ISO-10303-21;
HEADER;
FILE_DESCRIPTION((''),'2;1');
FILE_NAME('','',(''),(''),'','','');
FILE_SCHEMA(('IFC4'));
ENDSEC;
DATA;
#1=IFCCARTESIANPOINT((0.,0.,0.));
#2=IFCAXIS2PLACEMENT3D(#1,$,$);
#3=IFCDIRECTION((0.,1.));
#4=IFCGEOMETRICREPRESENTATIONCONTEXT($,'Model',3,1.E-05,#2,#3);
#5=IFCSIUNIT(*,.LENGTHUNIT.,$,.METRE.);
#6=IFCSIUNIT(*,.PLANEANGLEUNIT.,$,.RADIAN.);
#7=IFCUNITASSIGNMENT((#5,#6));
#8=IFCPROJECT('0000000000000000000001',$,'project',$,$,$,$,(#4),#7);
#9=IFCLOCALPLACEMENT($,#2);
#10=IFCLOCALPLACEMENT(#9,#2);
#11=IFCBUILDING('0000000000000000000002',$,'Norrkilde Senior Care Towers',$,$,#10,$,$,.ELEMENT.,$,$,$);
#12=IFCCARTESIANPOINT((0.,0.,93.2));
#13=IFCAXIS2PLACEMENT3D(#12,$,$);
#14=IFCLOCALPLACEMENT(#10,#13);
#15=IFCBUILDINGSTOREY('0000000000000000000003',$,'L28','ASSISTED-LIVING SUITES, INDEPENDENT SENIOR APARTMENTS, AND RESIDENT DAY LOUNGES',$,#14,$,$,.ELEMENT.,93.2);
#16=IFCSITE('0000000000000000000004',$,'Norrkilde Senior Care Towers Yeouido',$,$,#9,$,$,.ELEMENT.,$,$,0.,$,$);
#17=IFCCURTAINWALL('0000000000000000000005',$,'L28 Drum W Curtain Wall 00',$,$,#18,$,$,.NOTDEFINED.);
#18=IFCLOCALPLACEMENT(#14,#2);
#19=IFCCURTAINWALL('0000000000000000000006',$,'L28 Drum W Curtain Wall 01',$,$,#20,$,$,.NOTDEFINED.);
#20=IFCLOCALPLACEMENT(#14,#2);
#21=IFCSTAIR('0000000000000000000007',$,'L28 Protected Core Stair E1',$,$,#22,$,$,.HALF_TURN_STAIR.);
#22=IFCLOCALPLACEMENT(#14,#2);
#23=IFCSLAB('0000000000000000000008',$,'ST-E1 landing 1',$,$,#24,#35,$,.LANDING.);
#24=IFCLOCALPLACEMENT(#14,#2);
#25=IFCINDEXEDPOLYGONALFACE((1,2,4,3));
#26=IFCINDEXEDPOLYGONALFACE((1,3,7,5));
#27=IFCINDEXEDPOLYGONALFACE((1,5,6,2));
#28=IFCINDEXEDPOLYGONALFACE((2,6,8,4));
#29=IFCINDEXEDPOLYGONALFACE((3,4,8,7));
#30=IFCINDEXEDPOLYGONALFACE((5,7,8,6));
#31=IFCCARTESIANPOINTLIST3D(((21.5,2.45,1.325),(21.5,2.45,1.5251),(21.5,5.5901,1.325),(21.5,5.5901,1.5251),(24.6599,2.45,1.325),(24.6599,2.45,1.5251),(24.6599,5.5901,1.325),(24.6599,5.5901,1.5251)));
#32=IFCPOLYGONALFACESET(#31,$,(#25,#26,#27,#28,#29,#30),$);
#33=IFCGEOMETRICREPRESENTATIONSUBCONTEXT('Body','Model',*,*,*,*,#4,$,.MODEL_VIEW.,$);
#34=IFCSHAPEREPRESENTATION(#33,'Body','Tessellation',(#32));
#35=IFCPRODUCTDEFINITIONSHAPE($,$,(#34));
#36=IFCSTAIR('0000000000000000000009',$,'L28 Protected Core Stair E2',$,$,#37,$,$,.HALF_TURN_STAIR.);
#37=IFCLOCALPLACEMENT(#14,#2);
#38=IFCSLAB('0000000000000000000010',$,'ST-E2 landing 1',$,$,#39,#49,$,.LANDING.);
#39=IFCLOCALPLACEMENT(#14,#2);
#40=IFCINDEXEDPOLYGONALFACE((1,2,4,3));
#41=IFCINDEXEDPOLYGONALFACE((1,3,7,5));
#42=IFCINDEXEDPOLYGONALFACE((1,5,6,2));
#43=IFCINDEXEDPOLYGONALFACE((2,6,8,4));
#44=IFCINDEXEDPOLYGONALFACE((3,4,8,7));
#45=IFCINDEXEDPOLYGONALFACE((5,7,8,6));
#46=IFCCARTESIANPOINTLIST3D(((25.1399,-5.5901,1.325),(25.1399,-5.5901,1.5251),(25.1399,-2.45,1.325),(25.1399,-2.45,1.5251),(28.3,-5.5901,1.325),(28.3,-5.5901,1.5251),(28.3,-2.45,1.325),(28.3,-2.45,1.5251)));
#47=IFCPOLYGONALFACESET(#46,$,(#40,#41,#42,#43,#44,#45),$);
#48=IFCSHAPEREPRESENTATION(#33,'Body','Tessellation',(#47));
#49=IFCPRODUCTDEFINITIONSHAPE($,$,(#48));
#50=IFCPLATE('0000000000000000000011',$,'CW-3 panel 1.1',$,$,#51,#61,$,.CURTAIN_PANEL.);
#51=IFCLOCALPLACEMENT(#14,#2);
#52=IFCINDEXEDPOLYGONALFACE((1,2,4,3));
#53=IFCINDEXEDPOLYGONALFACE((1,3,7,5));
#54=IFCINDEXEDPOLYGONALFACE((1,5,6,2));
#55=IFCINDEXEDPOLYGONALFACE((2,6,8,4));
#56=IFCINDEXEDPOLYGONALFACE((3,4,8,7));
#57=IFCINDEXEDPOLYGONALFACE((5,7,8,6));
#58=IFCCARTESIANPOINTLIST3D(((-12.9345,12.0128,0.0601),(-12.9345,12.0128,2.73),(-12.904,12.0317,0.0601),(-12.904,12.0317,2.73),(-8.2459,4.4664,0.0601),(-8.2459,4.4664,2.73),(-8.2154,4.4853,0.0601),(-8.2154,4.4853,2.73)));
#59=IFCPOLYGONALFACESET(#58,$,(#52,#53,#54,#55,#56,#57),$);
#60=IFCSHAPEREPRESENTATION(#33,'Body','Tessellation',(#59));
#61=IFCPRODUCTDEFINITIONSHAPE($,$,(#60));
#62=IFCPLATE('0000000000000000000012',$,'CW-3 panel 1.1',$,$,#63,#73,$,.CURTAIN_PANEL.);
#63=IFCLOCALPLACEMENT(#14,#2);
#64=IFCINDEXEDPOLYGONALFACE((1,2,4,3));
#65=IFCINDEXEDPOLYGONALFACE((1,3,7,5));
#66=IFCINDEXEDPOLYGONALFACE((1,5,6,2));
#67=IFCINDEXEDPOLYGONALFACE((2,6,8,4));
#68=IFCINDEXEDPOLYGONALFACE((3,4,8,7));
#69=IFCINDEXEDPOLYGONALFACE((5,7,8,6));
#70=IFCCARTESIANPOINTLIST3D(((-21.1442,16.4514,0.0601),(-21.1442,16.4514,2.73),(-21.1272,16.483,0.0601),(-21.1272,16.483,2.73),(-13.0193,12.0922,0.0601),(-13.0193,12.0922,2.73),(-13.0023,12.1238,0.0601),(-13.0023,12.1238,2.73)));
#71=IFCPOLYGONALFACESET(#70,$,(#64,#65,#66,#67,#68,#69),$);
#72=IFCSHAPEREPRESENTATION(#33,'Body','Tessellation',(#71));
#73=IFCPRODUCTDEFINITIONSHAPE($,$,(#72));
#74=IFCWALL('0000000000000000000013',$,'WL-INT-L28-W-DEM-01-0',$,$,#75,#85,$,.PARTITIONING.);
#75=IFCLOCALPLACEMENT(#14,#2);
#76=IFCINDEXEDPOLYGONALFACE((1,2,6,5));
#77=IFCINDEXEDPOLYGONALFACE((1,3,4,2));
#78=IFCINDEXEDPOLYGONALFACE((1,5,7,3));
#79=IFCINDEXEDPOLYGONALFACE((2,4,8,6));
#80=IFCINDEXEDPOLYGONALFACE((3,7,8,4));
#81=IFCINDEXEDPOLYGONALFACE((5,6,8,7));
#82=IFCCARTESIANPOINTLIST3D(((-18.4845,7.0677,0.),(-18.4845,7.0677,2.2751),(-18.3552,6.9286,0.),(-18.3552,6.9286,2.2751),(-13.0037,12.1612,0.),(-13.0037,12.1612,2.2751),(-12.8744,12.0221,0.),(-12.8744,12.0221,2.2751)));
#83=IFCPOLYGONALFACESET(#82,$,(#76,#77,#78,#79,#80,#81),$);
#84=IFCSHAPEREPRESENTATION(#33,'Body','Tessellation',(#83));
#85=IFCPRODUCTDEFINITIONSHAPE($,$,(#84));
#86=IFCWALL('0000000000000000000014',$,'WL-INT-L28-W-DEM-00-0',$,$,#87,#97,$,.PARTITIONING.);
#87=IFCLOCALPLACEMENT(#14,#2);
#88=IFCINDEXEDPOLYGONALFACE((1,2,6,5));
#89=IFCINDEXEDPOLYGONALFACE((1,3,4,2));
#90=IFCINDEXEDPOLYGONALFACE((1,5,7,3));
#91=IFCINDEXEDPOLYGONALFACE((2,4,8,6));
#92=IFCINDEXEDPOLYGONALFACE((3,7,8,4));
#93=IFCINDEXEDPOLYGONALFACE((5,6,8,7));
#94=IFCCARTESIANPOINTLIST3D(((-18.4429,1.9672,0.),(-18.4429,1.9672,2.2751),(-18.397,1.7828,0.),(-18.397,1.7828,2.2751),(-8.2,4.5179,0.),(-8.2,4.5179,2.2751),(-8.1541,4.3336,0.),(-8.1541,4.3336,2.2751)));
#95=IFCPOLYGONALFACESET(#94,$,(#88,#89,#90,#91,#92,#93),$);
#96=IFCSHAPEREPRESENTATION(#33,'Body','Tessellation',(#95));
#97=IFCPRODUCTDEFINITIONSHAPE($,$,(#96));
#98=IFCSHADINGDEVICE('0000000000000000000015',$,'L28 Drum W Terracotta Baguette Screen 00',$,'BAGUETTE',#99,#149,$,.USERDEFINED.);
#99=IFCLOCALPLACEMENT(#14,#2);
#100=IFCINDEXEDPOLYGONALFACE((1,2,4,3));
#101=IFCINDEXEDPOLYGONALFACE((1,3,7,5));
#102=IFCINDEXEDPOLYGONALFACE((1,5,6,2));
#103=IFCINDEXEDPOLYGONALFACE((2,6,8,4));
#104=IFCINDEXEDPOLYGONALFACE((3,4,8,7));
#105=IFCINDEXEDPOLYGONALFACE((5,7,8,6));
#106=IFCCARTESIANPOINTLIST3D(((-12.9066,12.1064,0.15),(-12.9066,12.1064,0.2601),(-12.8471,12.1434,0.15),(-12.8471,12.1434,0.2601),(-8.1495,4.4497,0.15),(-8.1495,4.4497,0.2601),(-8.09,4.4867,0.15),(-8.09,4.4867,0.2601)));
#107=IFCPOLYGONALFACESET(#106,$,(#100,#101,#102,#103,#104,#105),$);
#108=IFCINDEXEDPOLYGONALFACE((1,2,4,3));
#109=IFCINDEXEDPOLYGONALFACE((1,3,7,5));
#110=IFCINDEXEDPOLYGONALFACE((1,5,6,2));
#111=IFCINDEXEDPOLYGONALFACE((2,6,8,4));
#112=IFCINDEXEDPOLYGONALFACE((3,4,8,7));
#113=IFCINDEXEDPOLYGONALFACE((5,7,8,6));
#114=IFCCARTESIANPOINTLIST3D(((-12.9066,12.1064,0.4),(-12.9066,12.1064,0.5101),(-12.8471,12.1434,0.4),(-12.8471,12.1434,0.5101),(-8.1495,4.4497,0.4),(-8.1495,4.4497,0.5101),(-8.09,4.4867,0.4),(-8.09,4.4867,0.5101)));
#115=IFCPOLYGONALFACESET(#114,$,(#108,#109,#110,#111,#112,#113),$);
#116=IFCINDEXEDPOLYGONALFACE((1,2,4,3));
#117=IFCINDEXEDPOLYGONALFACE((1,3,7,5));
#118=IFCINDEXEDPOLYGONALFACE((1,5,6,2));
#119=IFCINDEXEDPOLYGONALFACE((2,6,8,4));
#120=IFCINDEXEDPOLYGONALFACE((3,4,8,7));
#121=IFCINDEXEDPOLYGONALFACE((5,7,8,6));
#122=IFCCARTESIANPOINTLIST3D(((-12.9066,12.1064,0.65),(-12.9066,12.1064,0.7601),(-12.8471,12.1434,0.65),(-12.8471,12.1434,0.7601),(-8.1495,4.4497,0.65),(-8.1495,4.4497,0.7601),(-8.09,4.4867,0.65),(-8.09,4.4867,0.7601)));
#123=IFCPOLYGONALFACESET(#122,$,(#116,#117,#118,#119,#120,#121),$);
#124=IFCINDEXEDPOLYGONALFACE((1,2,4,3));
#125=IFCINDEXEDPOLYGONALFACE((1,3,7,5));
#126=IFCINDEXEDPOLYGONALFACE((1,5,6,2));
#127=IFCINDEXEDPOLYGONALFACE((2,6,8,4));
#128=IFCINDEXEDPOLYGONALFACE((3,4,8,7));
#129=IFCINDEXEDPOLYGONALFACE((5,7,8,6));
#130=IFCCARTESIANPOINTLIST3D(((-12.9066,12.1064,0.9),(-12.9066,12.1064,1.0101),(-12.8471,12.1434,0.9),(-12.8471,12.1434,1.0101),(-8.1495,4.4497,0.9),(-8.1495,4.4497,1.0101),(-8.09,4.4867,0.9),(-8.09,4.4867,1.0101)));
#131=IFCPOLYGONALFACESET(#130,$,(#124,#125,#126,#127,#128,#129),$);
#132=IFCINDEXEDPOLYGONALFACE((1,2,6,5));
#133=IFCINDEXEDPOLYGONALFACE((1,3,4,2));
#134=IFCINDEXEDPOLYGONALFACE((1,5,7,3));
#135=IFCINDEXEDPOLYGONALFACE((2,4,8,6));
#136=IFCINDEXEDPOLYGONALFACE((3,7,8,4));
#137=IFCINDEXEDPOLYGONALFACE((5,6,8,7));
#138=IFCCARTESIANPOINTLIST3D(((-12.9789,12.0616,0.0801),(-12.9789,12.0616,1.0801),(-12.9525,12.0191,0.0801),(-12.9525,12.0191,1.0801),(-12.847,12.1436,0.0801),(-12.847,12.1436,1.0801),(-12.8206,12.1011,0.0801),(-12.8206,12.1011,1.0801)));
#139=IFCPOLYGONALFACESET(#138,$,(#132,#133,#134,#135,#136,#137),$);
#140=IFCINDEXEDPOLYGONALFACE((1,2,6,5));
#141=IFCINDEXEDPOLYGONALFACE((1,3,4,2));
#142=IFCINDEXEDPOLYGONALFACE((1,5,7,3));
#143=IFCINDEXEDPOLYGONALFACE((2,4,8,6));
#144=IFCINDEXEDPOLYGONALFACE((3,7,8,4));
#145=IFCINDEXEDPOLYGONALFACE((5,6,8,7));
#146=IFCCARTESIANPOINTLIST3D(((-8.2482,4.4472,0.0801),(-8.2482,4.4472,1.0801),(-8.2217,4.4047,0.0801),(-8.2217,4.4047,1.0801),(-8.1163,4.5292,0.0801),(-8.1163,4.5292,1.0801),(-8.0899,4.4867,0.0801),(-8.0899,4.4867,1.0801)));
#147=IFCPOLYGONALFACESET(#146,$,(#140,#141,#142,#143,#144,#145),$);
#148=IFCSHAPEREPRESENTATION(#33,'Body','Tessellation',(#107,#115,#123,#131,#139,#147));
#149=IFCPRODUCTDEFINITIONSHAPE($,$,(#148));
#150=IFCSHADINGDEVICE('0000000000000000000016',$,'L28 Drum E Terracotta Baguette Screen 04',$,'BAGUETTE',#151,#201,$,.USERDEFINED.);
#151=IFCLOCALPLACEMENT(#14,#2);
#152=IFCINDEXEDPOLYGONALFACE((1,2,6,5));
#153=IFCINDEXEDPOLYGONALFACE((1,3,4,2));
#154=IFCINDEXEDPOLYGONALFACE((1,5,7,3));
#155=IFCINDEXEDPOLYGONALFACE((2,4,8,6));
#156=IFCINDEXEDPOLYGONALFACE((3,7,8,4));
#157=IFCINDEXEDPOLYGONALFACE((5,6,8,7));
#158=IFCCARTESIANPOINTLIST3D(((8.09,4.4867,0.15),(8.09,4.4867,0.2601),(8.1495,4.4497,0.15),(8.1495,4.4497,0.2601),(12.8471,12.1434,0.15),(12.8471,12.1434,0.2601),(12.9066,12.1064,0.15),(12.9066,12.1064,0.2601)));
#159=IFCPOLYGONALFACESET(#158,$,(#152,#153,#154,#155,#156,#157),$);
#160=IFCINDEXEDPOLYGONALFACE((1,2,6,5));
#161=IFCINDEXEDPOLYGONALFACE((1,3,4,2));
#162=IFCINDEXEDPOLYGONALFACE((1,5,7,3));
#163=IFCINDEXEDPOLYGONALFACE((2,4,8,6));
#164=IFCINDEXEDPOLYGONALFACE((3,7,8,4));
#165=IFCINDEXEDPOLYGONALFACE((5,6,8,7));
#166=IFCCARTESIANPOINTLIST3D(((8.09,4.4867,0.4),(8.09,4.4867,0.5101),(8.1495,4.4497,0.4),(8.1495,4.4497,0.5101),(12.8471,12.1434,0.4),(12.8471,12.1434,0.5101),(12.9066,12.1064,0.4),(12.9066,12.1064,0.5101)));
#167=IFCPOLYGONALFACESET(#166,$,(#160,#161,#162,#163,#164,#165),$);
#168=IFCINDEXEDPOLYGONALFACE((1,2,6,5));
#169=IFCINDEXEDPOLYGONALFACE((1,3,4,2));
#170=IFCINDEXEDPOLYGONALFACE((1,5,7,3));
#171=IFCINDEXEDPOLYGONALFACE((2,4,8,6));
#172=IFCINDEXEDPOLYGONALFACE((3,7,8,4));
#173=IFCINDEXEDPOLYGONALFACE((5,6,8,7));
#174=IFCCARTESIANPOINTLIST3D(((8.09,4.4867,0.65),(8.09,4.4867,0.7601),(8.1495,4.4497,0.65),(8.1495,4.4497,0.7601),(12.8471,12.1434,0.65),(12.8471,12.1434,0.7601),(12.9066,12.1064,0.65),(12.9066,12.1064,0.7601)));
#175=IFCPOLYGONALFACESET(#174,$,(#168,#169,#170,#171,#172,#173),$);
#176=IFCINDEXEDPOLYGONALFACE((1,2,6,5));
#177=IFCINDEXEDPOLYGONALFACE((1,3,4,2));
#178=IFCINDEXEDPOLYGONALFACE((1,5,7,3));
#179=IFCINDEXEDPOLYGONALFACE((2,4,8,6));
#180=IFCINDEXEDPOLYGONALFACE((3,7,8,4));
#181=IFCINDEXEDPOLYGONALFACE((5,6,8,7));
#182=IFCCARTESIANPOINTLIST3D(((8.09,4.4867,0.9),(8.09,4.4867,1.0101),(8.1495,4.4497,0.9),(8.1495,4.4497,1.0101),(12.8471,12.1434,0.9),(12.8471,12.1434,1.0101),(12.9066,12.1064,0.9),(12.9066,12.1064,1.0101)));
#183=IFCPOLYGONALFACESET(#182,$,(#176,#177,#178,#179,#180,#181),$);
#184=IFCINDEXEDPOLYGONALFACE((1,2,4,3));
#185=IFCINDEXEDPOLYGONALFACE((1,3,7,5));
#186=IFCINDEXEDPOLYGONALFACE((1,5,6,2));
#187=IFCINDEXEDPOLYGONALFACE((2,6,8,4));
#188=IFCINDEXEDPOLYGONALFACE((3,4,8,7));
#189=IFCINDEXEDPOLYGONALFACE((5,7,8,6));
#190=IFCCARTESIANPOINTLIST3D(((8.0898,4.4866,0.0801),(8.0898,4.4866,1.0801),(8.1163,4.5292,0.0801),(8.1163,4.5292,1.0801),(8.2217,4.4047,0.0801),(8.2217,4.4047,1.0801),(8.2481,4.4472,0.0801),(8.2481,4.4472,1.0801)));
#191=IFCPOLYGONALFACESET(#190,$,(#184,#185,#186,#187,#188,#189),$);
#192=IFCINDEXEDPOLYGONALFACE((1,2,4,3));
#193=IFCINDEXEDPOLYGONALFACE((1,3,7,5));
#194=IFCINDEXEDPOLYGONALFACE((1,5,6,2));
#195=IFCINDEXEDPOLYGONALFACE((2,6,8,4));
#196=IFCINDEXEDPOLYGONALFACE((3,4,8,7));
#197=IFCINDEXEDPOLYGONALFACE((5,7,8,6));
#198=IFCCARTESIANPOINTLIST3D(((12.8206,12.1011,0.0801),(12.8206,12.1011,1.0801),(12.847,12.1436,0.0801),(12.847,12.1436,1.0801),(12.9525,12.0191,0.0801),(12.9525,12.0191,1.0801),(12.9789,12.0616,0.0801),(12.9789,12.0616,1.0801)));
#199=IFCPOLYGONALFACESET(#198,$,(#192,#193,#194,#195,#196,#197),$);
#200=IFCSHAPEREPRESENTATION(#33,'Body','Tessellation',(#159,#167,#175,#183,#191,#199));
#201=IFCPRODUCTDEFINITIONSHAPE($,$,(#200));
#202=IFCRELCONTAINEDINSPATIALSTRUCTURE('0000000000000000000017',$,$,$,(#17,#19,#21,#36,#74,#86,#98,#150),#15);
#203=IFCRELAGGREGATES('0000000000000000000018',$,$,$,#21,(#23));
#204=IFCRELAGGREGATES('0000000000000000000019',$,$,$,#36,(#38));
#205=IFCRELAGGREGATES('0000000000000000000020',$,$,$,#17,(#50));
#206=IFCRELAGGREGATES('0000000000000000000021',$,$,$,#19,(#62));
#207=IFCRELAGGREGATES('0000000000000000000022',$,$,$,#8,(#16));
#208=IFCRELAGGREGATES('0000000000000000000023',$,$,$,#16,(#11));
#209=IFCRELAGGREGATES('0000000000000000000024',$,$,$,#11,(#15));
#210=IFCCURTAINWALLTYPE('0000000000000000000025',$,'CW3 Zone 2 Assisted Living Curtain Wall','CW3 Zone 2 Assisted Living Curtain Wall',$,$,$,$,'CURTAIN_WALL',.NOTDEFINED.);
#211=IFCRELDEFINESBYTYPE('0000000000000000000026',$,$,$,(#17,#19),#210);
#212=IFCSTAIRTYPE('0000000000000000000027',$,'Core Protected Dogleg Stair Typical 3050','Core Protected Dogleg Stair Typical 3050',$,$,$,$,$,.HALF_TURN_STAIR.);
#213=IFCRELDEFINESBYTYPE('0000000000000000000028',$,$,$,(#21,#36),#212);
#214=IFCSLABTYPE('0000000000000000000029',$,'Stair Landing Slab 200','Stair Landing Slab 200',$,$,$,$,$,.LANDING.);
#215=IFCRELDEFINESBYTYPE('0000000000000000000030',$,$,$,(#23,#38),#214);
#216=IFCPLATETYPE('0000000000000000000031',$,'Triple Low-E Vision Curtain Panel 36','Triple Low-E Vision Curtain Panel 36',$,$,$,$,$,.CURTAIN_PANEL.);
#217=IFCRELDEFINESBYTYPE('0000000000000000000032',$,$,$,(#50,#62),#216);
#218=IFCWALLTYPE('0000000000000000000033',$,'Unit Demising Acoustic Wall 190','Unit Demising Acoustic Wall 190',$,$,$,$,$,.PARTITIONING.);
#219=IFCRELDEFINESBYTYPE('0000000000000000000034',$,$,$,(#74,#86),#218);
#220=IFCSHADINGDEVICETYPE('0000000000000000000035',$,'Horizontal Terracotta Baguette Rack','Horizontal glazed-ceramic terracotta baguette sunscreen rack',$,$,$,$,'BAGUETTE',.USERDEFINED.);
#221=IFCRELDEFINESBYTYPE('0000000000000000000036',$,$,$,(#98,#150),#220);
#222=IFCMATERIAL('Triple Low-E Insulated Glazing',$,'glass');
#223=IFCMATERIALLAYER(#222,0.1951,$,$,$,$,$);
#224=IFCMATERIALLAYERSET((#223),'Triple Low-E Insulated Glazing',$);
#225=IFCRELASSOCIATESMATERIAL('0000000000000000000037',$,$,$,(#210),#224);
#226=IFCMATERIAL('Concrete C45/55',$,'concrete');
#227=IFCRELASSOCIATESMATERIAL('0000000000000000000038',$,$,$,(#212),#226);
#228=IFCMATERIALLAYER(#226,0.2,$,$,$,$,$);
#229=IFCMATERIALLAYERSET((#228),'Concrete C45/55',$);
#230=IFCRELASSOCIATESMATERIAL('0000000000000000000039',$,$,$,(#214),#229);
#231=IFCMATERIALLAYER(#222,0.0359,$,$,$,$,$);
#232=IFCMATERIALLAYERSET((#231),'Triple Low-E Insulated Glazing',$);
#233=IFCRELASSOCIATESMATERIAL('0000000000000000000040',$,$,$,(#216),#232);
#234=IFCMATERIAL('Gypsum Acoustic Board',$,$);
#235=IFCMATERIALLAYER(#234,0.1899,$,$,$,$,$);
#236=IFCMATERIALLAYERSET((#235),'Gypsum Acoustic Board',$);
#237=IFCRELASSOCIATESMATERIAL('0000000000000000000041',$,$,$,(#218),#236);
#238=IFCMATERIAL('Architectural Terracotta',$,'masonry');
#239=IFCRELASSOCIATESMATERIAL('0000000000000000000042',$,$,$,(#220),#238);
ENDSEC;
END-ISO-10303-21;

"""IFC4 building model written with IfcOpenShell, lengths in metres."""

from ifc_helpers import new_model, si_unit, direction, frame, frame_2d, origin, origin_2d, place, context, subcontext, project, spatial, polyline, rectangle, outline, extrude, source, transform, mapped, material, layer, layer_set, type_object, type_shapes, element, aggregate, save


model = new_model("IFC4")

# Units and contexts
model_context = context("Model", 3, precision=1e-05, world=origin(), true_north=direction((0.0, 1.0)))
body_context = subcontext(model_context, "Body", "Model", "MODEL_VIEW")
ifc_project = project(units=[si_unit("LENGTHUNIT", "METRE"), si_unit("PLANEANGLEUNIT", "RADIAN")], contexts=[model_context])

# Site, building, storey
site_placement = place(None, origin())
site = spatial("IfcSite", under=ifc_project, at=site_placement, Name="Norrkilde Senior Care Towers Yeouido", CompositionType="ELEMENT", RefElevation=0.0)
building_placement = place(site_placement, origin())
building = spatial("IfcBuilding", under=site, at=building_placement, Name="Norrkilde Senior Care Towers", CompositionType="ELEMENT")
storey_placement = place(building_placement, frame((0.0, 0.0, 93.2)))
storey = spatial("IfcBuildingStorey", under=building, at=storey_placement, Name="L28", Description="ASSISTED-LIVING SUITES, INDEPENDENT SENIOR APARTMENTS, AND RESIDENT DAY LOUNGES", CompositionType="ELEMENT", Elevation=93.2)

# Curtain wall
ifc_material_1 = material(Name="Triple Low-E Insulated Glazing", Category="glass")
ifc_layer_1 = layer(ifc_material_1, 0.1951)
ifc_layer_set_1 = layer_set([ifc_layer_1], Name="Triple Low-E Insulated Glazing")
curtain_wall_type = type_object("IfcCurtainWallType", Name="CW3 Zone 2 Assisted Living Curtain Wall", Description="CW3 Zone 2 Assisted Living Curtain Wall", ElementType="CURTAIN_WALL", PredefinedType="NOTDEFINED", material=ifc_layer_set_1)
curtain_wall_1_placement = place(storey_placement, origin())
curtain_wall_1 = element("IfcCurtainWall", 1, at=curtain_wall_1_placement, inside=storey, type_object=curtain_wall_type, Name="L28 Drum W Curtain Wall 00", PredefinedType="NOTDEFINED")

# Curtain wall
curtain_wall_2_placement = place(storey_placement, origin())
curtain_wall_2 = element("IfcCurtainWall", 2, at=curtain_wall_2_placement, inside=storey, type_object=curtain_wall_type, Name="L28 Drum W Curtain Wall 01", PredefinedType="NOTDEFINED")

# Stairs, slabs
ifc_material_2 = material(Name="Concrete C45/55", Category="concrete")
stair_type = type_object("IfcStairType", Name="Core Protected Dogleg Stair Typical 3050", Description="Core Protected Dogleg Stair Typical 3050", PredefinedType="HALF_TURN_STAIR", material=ifc_material_2)
ifc_layer_2 = layer(ifc_material_2, 0.2)
ifc_layer_set_2 = layer_set([ifc_layer_2], Name="Concrete C45/55")
slab_type = type_object("IfcSlabType", Name="Stair Landing Slab 200", Description="Stair Landing Slab 200", PredefinedType="LANDING", material=ifc_layer_set_2)
stair_1_placement = place(storey_placement, origin())
stair_1 = element("IfcStair", 3, at=stair_1_placement, inside=storey, type_object=stair_type, Name="L28 Protected Core Stair E1", PredefinedType="HALF_TURN_STAIR")
slab_1_placement = place(storey_placement, frame((0.0, 0.0, 1.325)))
slab_1 = element("IfcSlab", 4, at=slab_1_placement, type_object=slab_type, Name="ST-E1 landing 1", PredefinedType="LANDING", context=body_context, shape_type="SweptSolid", body=[
    extrude(outline(polyline([(24.6599, 5.5901), (21.5, 5.5901), (21.5, 2.45), (24.6599, 2.45), (24.6599, 5.5901)])), origin(), (0.0, 0.0, 1.0), 0.2002),
])
aggregate(stair_1, [slab_1])
stair_2_placement = place(storey_placement, origin())
stair_2 = element("IfcStair", 5, at=stair_2_placement, inside=storey, type_object=stair_type, Name="L28 Protected Core Stair E2", PredefinedType="HALF_TURN_STAIR")
slab_2_placement = place(storey_placement, frame((0.0, 0.0, 1.325)))
slab_2 = element("IfcSlab", 6, at=slab_2_placement, type_object=slab_type, Name="ST-E2 landing 1", PredefinedType="LANDING", context=body_context, shape_type="SweptSolid", body=[
    extrude(outline(polyline([(25.1399, -5.5901), (28.3, -5.5901), (28.3, -2.45), (25.1399, -2.45), (25.1399, -5.5901)])), origin(), (0.0, 0.0, 1.0), 0.2002),
])
aggregate(stair_2, [slab_2])

# Plates
ifc_layer_3 = layer(ifc_material_1, 0.0359)
ifc_layer_set_3 = layer_set([ifc_layer_3], Name="Triple Low-E Insulated Glazing")
plate_type = type_object("IfcPlateType", Name="Triple Low-E Vision Curtain Panel 36", Description="Triple Low-E Vision Curtain Panel 36", PredefinedType="CURTAIN_PANEL", material=ifc_layer_set_3)
shared_shape_1 = source(origin(), body_context, "Body", "SweptSolid", [
    extrude(rectangle(XDim=8.8843, YDim=0.0359, at=origin_2d()), origin(), (0.0, 0.0, 1.0), 2.6699),
])
plate_1_placement = place(storey_placement, frame((-10.575, 8.249, 0.0601), z_axis=(0.0, 0.0, 1.0), x_axis=(0.527733, -0.84941, 0.0)))
plate_1 = element("IfcPlate", 7, at=plate_1_placement, type_object=plate_type, Name="CW-3 panel 1.1", PredefinedType="CURTAIN_PANEL", context=body_context, shape_type="MappedRepresentation", body=[
    mapped(shared_shape_1, transform((0.0, 0.0, 0.0), x_axis=(1.0, 0.0, 0.0), y_axis=(0.0, 1.0, 0.0), z_axis=(0.0, 0.0, 1.0), scale=1.0)),
])
aggregate(curtain_wall_1, [plate_1])
shared_shape_2 = source(origin(), body_context, "Body", "SweptSolid", [
    extrude(rectangle(XDim=9.2205, YDim=0.0359, at=origin_2d()), origin(), (0.0, 0.0, 1.0), 2.6699),
])
type_shapes(plate_type, [shared_shape_1, shared_shape_2])
plate_2_placement = place(storey_placement, frame((-17.0732, 14.2876, 0.0601), z_axis=(0.0, 0.0, 1.0), x_axis=(0.881186, -0.472769, 0.0)))
plate_2 = element("IfcPlate", 8, at=plate_2_placement, type_object=plate_type, Name="CW-3 panel 1.1", PredefinedType="CURTAIN_PANEL", context=body_context, shape_type="MappedRepresentation", body=[
    mapped(shared_shape_2, transform((0.0, 0.0, 0.0), x_axis=(1.0, 0.0, 0.0), y_axis=(0.0, 1.0, 0.0), z_axis=(0.0, 0.0, 1.0), scale=1.0)),
])
aggregate(curtain_wall_2, [plate_2])

# Walls
ifc_material_3 = material(Name="Gypsum Acoustic Board")
ifc_layer_4 = layer(ifc_material_3, 0.1899)
ifc_layer_set_4 = layer_set([ifc_layer_4], Name="Gypsum Acoustic Board")
wall_type = type_object("IfcWallType", Name="Unit Demising Acoustic Wall 190", Description="Unit Demising Acoustic Wall 190", PredefinedType="PARTITIONING", material=ifc_layer_set_4)
shared_shape_3 = source(origin(), body_context, "Body", "SweptSolid", [
    extrude(rectangle(XDim=7.4822, YDim=0.1899, at=frame_2d((3.7412, 0.0))), origin(), (0.0, 0.0, 1.0), 2.2751),
])
wall_1_placement = place(storey_placement, frame((-18.4199, 6.998, 0.0), z_axis=(0.0, 0.0, 1.0), x_axis=(0.732509, 0.680758, 0.0)))
element("IfcWall", 9, at=wall_1_placement, inside=storey, type_object=wall_type, Name="WL-INT-L28-W-DEM-01-0", PredefinedType="PARTITIONING", context=body_context, shape_type="MappedRepresentation", body=[
    mapped(shared_shape_3, transform((0.0, 0.0, 0.0), x_axis=(1.0, 0.0, 0.0), y_axis=(0.0, 1.0, 0.0), z_axis=(0.0, 0.0, 1.0), scale=1.0)),
])
shared_shape_4 = source(origin(), body_context, "Body", "SweptSolid", [
    extrude(rectangle(XDim=10.5557, YDim=0.1899, at=frame_2d((5.2778, 0.0))), origin(), (0.0, 0.0, 1.0), 2.2751),
])
type_shapes(wall_type, [shared_shape_3, shared_shape_4])
wall_2_placement = place(storey_placement, frame((-18.4199, 1.875, 0.0), z_axis=(0.0, 0.0, 1.0), x_axis=(0.970364, 0.241648, 0.0)))
element("IfcWall", 10, at=wall_2_placement, inside=storey, type_object=wall_type, Name="WL-INT-L28-W-DEM-00-0", PredefinedType="PARTITIONING", context=body_context, shape_type="MappedRepresentation", body=[
    mapped(shared_shape_4, transform((0.0, 0.0, 0.0), x_axis=(1.0, 0.0, 0.0), y_axis=(0.0, 1.0, 0.0), z_axis=(0.0, 0.0, 1.0), scale=1.0)),
])

# Shading devices
ifc_material_4 = material(Name="Architectural Terracotta", Category="masonry")
shading_device_type = type_object("IfcShadingDeviceType", Name="Horizontal Terracotta Baguette Rack", Description="Horizontal glazed-ceramic terracotta baguette sunscreen rack", ElementType="BAGUETTE", PredefinedType="USERDEFINED", material=ifc_material_4)
shared_shape_5 = source(origin(), body_context, "Body", "SweptSolid", [
    extrude(rectangle(XDim=0.0701, YDim=0.1101, at=origin_2d()), frame((0.0, 0.0901, 0.125), z_axis=(1.0, 0.0, 0.0), x_axis=(0.0, 1.0, 0.0)), (0.0, 0.0, 1.0), 9.0142),
    extrude(rectangle(XDim=0.0701, YDim=0.1101, at=origin_2d()), frame((0.0, 0.0901, 0.375), z_axis=(1.0, 0.0, 0.0), x_axis=(0.0, 1.0, 0.0)), (0.0, 0.0, 1.0), 9.0142),
    extrude(rectangle(XDim=0.0701, YDim=0.1101, at=origin_2d()), frame((0.0, 0.0901, 0.625), z_axis=(1.0, 0.0, 0.0), x_axis=(0.0, 1.0, 0.0)), (0.0, 0.0, 1.0), 9.0142),
    extrude(rectangle(XDim=0.0701, YDim=0.1101, at=origin_2d()), frame((0.0, 0.0901, 0.875), z_axis=(1.0, 0.0, 0.0), x_axis=(0.0, 1.0, 0.0)), (0.0, 0.0, 1.0), 9.0142),
    extrude(rectangle(XDim=0.05, YDim=0.1553, at=origin_2d()), frame((0.0249, 0.0476, 0.0)), (0.0, 0.0, 1.0), 1.0),
    extrude(rectangle(XDim=0.05, YDim=0.1553, at=origin_2d()), frame((8.9893, 0.0476, 0.0)), (0.0, 0.0, 1.0), 1.0),
])
type_shapes(shading_device_type, [shared_shape_5])
for number, where, z_axis, x_axis, name in (
    (11, (-12.9534, 12.0774, 0.0801), (0.0, 0.0, 1.0), (0.527734, -0.849412, 0.0), "L28 Drum W Terracotta Baguette Screen 00"),
    (12, (8.1963, 4.4207, 0.0801), (0.0, 0.0, 1.0), (0.527734, 0.849412, 0.0), "L28 Drum E Terracotta Baguette Screen 04"),
):
    element("IfcShadingDevice", number, at=place(storey_placement, frame(where, z_axis=z_axis, x_axis=x_axis)), inside=storey, type_object=shading_device_type, Name=name, ObjectType="BAGUETTE", PredefinedType="USERDEFINED", context=body_context, shape_type="MappedRepresentation", body=[
        mapped(shared_shape_5, transform((0.0, 0.0, 0.0), x_axis=(1.0, 0.0, 0.0), y_axis=(0.0, 1.0, 0.0), z_axis=(0.0, 0.0, 1.0), scale=1.0)),
    ])

save(model, "model.ifc")
